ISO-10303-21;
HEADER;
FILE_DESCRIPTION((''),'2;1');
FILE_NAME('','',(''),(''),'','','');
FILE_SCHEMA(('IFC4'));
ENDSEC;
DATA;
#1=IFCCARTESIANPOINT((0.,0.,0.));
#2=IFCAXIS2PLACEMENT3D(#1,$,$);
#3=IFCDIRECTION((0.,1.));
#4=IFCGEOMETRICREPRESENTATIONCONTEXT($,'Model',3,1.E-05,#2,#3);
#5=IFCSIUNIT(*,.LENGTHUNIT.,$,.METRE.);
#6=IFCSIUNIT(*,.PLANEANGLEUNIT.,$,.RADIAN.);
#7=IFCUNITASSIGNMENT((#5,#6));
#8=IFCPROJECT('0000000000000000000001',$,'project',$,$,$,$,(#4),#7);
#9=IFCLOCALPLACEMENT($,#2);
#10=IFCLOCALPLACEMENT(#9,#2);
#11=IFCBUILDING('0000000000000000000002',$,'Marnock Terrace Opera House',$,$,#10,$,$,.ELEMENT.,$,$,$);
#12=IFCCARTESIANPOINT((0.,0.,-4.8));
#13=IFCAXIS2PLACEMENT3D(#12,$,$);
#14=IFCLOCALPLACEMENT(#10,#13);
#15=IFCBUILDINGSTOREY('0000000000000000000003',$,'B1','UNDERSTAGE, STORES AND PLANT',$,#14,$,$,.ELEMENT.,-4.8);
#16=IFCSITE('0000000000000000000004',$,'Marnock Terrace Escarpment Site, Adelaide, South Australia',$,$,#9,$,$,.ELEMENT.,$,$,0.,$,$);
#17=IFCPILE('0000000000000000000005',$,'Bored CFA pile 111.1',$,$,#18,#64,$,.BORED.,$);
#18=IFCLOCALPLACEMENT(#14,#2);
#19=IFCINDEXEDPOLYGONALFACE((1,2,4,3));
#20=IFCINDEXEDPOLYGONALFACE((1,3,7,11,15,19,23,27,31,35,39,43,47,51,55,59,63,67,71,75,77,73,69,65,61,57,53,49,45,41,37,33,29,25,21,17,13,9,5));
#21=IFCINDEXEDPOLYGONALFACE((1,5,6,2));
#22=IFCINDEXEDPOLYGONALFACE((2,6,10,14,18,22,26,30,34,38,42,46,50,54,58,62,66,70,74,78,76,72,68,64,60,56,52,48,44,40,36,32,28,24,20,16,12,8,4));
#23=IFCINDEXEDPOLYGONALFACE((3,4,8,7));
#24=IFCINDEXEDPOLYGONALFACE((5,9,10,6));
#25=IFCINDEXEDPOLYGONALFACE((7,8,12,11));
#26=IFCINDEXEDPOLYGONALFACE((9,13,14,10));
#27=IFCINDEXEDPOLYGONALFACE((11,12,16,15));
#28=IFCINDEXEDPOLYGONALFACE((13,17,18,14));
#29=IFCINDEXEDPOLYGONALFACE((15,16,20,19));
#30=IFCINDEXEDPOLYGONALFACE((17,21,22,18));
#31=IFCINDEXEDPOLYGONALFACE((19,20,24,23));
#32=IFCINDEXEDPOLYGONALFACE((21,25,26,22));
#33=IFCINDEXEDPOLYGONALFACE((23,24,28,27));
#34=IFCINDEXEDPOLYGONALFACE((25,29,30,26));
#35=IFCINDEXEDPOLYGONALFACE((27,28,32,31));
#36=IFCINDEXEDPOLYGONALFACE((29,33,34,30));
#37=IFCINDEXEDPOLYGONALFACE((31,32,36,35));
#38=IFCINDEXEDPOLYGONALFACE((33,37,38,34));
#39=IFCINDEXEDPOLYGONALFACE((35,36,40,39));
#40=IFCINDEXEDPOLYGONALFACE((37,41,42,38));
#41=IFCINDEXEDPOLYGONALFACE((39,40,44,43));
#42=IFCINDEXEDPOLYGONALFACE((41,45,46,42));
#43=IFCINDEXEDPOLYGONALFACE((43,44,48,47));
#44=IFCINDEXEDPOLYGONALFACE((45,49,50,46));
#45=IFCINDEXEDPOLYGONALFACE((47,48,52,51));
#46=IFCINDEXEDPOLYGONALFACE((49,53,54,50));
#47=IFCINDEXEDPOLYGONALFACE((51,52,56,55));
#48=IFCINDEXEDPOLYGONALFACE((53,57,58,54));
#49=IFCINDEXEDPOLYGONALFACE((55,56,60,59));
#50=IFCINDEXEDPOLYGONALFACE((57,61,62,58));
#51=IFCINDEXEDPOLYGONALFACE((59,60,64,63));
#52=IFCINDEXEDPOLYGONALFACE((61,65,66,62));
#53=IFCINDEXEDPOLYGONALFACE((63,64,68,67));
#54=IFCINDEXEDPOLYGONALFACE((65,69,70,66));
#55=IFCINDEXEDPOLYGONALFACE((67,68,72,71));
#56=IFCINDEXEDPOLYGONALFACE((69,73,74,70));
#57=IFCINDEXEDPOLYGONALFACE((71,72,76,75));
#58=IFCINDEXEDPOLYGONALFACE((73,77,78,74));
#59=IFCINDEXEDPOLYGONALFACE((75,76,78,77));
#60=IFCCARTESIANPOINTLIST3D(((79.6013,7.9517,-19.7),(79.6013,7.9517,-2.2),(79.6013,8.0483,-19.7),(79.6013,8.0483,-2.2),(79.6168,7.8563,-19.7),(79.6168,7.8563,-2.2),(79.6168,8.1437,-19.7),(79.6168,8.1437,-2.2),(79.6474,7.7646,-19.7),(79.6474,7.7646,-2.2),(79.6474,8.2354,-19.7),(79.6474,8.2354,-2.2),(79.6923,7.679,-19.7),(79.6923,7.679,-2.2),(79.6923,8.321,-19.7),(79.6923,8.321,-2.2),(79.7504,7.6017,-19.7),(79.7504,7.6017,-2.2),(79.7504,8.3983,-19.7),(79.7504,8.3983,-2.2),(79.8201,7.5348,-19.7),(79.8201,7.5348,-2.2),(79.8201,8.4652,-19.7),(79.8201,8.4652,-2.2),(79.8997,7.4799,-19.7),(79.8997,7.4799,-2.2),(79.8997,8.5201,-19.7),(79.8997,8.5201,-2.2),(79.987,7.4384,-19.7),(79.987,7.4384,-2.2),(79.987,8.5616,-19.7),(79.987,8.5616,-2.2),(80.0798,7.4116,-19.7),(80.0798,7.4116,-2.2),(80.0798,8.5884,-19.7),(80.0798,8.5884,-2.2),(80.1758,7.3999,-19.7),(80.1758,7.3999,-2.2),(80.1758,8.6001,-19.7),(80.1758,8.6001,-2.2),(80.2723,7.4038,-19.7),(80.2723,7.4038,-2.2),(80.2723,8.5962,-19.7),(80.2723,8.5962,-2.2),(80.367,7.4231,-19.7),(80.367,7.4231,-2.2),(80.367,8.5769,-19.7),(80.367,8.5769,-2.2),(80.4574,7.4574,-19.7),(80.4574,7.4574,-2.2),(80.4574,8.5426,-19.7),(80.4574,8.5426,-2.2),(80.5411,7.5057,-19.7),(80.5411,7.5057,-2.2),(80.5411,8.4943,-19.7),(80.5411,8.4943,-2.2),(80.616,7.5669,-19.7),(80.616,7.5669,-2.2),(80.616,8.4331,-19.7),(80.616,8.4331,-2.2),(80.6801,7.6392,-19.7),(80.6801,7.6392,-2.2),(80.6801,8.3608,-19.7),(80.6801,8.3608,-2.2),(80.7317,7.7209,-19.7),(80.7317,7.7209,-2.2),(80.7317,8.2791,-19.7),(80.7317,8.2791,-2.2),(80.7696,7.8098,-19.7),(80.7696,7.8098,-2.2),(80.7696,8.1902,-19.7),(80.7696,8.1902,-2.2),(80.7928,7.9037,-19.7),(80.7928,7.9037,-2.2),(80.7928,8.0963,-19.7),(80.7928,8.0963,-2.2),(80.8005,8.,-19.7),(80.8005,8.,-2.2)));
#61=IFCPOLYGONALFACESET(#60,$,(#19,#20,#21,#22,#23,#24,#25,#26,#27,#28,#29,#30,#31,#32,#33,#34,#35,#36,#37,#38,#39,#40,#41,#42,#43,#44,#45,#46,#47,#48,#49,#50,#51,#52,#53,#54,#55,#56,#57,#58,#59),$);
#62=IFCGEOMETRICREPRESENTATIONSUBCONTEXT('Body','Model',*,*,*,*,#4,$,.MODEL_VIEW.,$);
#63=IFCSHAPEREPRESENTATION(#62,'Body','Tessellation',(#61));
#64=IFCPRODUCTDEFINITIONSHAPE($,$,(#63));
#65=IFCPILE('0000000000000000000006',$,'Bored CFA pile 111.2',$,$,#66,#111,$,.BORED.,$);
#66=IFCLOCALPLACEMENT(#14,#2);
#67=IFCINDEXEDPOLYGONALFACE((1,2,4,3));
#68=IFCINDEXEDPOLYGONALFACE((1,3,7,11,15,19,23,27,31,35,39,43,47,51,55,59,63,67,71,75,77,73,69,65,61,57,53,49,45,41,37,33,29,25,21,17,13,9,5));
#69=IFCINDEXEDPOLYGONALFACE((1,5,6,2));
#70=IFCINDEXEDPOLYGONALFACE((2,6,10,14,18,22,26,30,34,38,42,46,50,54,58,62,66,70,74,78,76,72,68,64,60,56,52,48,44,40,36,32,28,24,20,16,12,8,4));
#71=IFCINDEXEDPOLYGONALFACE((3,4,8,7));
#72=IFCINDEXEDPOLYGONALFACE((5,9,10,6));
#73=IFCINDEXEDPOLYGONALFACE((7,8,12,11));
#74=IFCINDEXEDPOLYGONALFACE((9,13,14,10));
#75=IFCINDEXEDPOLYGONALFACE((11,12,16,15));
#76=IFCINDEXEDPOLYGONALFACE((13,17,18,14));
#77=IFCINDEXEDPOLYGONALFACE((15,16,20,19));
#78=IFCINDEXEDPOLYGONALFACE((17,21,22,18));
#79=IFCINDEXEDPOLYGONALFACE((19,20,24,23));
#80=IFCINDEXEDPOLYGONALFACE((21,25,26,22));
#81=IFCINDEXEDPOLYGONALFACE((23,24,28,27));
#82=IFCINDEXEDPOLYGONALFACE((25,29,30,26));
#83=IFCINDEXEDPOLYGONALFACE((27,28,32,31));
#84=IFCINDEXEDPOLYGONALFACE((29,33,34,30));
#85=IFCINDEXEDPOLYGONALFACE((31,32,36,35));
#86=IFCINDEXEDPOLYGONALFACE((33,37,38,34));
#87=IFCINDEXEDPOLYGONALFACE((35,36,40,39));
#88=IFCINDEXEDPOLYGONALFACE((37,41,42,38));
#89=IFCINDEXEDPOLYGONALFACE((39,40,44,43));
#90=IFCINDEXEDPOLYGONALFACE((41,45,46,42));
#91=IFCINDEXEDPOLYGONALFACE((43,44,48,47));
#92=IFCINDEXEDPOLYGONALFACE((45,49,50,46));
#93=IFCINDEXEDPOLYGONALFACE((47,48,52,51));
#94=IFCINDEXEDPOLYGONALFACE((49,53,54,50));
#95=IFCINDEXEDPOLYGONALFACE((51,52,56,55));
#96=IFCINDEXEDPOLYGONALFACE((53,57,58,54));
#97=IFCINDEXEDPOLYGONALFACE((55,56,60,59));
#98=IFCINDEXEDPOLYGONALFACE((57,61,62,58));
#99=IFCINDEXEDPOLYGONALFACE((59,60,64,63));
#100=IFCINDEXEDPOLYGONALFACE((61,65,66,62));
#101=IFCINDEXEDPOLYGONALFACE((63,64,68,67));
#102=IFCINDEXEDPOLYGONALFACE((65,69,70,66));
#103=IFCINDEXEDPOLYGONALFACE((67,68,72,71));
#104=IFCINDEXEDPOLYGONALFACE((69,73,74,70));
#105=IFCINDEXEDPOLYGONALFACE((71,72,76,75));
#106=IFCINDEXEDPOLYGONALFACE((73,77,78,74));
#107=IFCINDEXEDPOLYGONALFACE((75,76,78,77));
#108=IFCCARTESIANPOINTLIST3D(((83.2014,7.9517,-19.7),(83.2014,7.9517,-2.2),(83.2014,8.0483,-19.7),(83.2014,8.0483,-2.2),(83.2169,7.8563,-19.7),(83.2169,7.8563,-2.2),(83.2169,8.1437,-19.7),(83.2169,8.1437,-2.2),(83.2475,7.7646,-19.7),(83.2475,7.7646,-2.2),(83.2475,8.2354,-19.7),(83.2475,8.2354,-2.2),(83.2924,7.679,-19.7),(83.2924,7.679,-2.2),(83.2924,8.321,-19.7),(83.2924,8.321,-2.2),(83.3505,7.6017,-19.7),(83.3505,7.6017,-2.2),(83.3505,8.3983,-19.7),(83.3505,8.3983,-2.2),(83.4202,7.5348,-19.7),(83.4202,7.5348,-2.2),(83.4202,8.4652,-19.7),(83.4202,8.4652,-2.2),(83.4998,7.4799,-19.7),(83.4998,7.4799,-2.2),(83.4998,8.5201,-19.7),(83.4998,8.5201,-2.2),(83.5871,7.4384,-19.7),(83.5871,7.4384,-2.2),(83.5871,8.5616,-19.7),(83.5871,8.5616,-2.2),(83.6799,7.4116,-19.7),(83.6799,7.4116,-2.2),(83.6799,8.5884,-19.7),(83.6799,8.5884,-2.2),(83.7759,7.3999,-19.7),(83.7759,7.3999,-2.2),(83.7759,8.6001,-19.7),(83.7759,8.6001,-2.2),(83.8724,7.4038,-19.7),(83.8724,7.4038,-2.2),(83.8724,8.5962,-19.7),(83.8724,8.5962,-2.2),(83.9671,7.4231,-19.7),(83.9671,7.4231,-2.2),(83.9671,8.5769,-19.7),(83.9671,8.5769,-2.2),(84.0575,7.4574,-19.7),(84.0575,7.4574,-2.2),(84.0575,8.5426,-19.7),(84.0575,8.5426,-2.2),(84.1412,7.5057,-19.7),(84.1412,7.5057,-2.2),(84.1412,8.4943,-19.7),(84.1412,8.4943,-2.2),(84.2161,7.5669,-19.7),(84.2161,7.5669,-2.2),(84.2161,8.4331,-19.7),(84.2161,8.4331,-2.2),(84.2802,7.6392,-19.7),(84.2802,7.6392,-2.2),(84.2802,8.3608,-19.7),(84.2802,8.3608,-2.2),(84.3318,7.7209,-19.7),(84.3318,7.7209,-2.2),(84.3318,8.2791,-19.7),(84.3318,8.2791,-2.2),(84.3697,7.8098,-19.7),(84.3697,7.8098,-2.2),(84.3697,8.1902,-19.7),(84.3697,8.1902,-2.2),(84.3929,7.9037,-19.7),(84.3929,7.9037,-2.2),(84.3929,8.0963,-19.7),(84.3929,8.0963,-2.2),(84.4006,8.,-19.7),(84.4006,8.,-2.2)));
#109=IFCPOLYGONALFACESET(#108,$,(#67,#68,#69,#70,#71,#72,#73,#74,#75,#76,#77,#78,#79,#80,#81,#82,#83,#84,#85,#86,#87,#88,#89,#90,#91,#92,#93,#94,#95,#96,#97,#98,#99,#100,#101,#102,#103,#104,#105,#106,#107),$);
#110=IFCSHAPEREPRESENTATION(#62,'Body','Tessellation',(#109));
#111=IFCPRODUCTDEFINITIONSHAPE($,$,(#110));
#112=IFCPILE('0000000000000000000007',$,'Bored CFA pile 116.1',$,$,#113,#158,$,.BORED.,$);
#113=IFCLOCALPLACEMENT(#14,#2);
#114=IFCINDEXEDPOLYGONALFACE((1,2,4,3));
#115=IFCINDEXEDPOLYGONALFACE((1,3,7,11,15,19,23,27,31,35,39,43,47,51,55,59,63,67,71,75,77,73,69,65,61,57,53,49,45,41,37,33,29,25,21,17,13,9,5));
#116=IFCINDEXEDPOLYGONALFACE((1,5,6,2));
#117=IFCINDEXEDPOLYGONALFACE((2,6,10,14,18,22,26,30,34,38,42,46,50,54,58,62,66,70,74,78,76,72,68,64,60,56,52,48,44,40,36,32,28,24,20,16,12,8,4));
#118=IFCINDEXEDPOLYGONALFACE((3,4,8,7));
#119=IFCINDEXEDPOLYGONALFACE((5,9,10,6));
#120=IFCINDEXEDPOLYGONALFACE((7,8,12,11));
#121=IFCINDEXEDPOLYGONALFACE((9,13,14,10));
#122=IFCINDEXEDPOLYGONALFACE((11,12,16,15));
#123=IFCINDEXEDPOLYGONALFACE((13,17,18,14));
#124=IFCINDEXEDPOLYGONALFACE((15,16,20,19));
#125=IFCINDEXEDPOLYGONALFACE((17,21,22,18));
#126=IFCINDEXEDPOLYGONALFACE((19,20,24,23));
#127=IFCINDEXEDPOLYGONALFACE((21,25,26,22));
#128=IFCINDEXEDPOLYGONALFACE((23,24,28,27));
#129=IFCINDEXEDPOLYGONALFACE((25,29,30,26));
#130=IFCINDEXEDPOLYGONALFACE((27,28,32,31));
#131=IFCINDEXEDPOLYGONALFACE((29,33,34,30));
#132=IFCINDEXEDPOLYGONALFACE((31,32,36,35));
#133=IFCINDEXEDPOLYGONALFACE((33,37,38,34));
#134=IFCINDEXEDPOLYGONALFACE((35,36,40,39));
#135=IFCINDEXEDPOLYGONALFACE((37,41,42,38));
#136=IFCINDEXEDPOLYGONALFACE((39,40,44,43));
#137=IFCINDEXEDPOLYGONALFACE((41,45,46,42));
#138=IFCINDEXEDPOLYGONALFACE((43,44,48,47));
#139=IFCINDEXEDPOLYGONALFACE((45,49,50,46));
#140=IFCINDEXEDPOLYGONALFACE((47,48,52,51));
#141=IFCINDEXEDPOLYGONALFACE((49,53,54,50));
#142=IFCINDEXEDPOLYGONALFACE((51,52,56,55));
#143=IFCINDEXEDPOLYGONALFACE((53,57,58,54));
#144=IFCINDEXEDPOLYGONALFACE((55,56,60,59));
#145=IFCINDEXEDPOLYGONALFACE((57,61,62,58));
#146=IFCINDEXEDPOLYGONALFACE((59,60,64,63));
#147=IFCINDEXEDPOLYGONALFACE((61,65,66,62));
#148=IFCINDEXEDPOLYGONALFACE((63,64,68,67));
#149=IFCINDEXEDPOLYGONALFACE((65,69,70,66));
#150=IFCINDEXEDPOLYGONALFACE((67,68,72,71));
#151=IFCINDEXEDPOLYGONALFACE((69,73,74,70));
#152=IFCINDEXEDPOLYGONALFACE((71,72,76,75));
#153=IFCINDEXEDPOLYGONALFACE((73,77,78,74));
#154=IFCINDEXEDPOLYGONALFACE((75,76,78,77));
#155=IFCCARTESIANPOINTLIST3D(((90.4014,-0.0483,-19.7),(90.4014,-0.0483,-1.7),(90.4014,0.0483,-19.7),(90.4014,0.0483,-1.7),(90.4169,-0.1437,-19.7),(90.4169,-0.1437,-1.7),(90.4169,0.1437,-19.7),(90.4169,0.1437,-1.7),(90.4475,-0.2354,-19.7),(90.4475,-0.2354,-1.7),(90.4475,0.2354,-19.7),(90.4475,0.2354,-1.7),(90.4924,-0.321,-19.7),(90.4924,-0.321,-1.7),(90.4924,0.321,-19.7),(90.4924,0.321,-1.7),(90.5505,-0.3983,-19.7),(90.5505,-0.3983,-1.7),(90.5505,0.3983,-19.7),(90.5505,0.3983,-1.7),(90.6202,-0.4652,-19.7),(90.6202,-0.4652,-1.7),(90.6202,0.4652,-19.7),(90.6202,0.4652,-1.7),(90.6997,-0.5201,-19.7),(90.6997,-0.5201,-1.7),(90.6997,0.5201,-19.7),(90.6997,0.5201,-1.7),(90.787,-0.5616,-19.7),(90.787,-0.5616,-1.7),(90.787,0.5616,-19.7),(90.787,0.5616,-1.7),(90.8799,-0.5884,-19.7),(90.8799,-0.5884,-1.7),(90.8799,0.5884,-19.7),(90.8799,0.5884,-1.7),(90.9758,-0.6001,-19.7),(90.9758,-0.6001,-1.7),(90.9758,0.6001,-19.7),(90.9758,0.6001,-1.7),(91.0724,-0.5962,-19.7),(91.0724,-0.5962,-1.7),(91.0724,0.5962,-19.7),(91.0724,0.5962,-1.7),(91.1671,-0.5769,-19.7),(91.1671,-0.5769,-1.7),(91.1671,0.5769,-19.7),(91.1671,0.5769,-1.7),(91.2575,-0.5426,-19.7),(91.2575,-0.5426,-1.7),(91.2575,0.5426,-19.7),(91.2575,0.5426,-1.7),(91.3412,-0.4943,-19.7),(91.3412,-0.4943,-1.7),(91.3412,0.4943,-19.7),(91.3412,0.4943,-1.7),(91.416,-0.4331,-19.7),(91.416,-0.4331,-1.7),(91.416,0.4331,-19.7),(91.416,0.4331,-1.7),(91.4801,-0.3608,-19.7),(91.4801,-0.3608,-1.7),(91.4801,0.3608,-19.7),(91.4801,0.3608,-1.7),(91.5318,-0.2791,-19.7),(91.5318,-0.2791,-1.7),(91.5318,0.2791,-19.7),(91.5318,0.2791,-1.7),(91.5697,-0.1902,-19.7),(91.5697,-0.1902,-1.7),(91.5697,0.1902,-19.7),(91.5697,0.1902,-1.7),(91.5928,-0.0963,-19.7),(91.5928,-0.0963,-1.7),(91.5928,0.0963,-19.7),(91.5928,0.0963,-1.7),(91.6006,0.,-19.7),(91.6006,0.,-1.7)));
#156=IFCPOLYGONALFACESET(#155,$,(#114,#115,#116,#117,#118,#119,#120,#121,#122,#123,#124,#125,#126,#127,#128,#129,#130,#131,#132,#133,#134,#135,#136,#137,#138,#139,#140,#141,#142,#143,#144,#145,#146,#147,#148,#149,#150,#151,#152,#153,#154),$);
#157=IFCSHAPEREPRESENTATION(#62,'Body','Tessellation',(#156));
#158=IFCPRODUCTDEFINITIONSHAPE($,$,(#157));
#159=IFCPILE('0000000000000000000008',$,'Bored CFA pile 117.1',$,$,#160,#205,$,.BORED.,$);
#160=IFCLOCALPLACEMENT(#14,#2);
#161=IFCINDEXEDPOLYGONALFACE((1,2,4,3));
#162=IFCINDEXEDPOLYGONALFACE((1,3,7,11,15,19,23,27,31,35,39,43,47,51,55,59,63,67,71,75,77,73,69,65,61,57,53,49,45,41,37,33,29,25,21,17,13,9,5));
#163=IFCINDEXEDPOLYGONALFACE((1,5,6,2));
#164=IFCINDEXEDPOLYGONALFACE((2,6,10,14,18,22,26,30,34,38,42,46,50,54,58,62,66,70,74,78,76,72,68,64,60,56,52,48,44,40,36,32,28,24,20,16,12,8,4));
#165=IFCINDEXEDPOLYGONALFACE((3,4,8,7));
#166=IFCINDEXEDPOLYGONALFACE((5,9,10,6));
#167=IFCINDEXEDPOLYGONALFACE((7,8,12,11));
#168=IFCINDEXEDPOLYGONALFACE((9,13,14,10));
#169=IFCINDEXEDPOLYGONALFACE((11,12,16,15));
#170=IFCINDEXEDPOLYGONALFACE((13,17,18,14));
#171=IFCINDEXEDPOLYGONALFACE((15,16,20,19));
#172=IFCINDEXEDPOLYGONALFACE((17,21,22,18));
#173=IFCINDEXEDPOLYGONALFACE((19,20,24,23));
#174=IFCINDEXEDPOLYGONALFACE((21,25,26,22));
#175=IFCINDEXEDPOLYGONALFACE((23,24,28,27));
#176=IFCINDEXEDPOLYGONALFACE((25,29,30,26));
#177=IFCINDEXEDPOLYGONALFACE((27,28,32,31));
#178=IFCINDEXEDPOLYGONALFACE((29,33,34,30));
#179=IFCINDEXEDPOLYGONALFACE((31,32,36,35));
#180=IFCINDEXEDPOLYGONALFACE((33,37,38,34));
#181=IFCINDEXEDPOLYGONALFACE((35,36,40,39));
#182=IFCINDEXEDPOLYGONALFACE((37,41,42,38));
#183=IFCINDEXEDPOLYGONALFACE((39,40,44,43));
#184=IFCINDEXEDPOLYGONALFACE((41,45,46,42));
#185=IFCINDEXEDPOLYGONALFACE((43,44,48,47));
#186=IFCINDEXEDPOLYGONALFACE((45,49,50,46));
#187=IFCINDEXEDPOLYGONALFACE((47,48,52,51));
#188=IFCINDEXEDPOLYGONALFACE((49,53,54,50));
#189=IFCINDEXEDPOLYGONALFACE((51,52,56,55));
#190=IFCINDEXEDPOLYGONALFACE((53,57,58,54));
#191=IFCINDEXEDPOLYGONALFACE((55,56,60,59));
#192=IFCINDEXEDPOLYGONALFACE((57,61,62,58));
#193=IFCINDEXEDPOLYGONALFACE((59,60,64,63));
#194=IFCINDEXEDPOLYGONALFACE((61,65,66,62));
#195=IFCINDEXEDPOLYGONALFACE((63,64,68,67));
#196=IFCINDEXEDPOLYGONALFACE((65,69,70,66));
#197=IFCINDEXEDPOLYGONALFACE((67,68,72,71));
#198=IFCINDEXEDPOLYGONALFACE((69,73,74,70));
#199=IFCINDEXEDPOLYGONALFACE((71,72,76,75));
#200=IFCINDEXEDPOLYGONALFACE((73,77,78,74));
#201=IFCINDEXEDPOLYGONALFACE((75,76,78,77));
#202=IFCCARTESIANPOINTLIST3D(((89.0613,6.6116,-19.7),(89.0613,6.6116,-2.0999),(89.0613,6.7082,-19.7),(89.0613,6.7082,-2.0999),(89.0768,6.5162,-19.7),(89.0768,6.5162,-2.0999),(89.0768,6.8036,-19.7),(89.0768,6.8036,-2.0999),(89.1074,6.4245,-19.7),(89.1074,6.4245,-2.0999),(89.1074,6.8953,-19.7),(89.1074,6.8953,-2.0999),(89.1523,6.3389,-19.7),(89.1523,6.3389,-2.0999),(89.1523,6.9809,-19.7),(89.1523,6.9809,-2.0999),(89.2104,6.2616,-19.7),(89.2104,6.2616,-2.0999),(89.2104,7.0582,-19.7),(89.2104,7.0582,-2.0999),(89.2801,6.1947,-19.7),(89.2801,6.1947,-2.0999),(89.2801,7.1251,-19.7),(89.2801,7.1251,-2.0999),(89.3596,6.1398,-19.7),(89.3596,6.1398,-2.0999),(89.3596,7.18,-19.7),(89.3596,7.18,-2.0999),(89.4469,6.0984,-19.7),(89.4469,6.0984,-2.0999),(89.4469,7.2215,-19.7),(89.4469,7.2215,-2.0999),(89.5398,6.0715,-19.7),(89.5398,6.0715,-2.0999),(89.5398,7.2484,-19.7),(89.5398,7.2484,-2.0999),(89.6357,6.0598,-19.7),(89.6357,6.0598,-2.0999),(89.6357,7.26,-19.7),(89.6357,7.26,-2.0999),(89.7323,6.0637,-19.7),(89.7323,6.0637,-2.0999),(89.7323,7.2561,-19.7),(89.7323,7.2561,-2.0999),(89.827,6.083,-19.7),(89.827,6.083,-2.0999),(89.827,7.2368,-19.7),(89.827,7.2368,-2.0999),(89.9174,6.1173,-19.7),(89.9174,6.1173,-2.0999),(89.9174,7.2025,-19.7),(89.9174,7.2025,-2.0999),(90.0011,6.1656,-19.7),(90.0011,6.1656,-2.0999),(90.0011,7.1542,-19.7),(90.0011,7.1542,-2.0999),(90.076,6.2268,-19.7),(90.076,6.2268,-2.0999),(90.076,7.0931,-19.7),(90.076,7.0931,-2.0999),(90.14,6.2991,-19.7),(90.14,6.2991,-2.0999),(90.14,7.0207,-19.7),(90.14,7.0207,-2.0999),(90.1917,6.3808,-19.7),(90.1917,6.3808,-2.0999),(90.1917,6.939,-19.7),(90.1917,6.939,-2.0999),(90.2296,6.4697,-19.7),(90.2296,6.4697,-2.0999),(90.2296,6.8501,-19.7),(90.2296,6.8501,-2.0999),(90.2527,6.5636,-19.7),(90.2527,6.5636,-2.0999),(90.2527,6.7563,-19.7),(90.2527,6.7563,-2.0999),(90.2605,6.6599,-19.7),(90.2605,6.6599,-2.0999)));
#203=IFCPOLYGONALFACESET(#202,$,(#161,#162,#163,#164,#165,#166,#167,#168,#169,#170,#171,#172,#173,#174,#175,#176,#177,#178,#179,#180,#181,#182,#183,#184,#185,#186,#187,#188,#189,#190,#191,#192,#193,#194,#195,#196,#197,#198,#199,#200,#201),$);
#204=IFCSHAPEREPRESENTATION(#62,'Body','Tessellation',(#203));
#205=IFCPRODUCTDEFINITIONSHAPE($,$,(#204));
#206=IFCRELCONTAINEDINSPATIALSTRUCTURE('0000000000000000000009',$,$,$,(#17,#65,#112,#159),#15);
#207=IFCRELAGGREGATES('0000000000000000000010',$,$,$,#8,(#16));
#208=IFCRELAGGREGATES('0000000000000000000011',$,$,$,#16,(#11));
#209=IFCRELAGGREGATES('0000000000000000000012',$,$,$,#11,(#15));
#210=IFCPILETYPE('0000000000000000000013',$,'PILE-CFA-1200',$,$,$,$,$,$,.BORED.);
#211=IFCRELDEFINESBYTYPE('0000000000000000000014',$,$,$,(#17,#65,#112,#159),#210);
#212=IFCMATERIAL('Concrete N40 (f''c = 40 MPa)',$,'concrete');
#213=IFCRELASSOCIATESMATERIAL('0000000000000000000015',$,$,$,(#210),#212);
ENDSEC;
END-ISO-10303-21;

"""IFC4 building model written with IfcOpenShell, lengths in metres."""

from ifc_helpers import new_model, si_unit, direction, frame, origin, origin_2d, place, context, subcontext, project, spatial, circle, extrude, material, material_profile, profile_set, type_object, element, save


model = new_model("IFC4")

# Units and contexts
model_context = context("Model", 3, precision=1e-05, world=origin(), true_north=direction((0.0, 1.0)))
body_context = subcontext(model_context, "Body", "Model", "MODEL_VIEW")
ifc_project = project(units=[si_unit("LENGTHUNIT", "METRE"), si_unit("PLANEANGLEUNIT", "RADIAN")], contexts=[model_context])

# Site, building, storey
site_placement = place(None, origin())
site = spatial("IfcSite", under=ifc_project, at=site_placement, Name="Marnock Terrace Escarpment Site, Adelaide, South Australia", CompositionType="ELEMENT", RefElevation=0.0)
building_placement = place(site_placement, origin())
building = spatial("IfcBuilding", under=site, at=building_placement, Name="Marnock Terrace Opera House", CompositionType="ELEMENT")
storey_placement = place(building_placement, frame((0.0, 0.0, -4.8)))
storey = spatial("IfcBuildingStorey", under=building, at=storey_placement, Name="B1", Description="UNDERSTAGE, STORES AND PLANT", CompositionType="ELEMENT", Elevation=-4.8)

# Shared definitions
ifc_material_1 = material(Name="Concrete N40 (f'c = 40 MPa)", Category="concrete")

# Piles
ifc_material_profile_1 = material_profile(ifc_material_1, circle(Radius=0.6006, at=origin_2d()))
ifc_profile_set_1 = profile_set([ifc_material_profile_1], Name="Concrete N40 (f'c = 40 MPa)")
pile_type_1 = type_object("IfcPileType", Name="PILE-CFA-1200", PredefinedType="BORED", material=ifc_profile_set_1)
for number, where, z_axis, x_axis, name in (
    (1, (80.2, 8.0, -2.2), (0.0, 0.0, -1.0), (1.0, 0.0, 0.0), "Bored CFA pile 111.1"),
    (2, (83.8, 8.0, -2.2), (0.0, 0.0, -1.0), (1.0, 0.0, 0.0), "Bored CFA pile 111.2"),
):
    element("IfcPile", number, at=place(storey_placement, frame(where, z_axis=z_axis, x_axis=x_axis)), inside=storey, type_object=pile_type_1, Name=name, PredefinedType="BORED", context=body_context, shape_type="SweptSolid", body=[
        extrude(circle(Radius=0.6006, at=origin_2d()), origin(), (0.0, 0.0, 1.0), 17.5),
    ])
pile_1_placement = place(storey_placement, frame((91.0, 0.0, -1.7), z_axis=(0.0, 0.0, -1.0), x_axis=(1.0, 0.0, 0.0)))
element("IfcPile", 3, at=pile_1_placement, inside=storey, type_object=pile_type_1, Name="Bored CFA pile 116.1", PredefinedType="BORED", context=body_context, shape_type="SweptSolid", body=[
    extrude(circle(Radius=0.6006, at=origin_2d()), origin(), (0.0, 0.0, 1.0), 18.0),
])
for number, where, z_axis, x_axis, name in (
    (4, (89.6599, 6.6599, -2.0999), (0.0, 0.0, -1.0), (1.0, 0.0, 0.0), "Bored CFA pile 117.1"),
):
    element("IfcPile", number, at=place(storey_placement, frame(where, z_axis=z_axis, x_axis=x_axis)), inside=storey, type_object=pile_type_1, Name=name, PredefinedType="BORED", context=body_context, shape_type="SweptSolid", body=[
        extrude(circle(Radius=0.6006, at=origin_2d()), origin(), (0.0, 0.0, 1.0), 17.6001),
    ])

save(model, "model.ifc")
